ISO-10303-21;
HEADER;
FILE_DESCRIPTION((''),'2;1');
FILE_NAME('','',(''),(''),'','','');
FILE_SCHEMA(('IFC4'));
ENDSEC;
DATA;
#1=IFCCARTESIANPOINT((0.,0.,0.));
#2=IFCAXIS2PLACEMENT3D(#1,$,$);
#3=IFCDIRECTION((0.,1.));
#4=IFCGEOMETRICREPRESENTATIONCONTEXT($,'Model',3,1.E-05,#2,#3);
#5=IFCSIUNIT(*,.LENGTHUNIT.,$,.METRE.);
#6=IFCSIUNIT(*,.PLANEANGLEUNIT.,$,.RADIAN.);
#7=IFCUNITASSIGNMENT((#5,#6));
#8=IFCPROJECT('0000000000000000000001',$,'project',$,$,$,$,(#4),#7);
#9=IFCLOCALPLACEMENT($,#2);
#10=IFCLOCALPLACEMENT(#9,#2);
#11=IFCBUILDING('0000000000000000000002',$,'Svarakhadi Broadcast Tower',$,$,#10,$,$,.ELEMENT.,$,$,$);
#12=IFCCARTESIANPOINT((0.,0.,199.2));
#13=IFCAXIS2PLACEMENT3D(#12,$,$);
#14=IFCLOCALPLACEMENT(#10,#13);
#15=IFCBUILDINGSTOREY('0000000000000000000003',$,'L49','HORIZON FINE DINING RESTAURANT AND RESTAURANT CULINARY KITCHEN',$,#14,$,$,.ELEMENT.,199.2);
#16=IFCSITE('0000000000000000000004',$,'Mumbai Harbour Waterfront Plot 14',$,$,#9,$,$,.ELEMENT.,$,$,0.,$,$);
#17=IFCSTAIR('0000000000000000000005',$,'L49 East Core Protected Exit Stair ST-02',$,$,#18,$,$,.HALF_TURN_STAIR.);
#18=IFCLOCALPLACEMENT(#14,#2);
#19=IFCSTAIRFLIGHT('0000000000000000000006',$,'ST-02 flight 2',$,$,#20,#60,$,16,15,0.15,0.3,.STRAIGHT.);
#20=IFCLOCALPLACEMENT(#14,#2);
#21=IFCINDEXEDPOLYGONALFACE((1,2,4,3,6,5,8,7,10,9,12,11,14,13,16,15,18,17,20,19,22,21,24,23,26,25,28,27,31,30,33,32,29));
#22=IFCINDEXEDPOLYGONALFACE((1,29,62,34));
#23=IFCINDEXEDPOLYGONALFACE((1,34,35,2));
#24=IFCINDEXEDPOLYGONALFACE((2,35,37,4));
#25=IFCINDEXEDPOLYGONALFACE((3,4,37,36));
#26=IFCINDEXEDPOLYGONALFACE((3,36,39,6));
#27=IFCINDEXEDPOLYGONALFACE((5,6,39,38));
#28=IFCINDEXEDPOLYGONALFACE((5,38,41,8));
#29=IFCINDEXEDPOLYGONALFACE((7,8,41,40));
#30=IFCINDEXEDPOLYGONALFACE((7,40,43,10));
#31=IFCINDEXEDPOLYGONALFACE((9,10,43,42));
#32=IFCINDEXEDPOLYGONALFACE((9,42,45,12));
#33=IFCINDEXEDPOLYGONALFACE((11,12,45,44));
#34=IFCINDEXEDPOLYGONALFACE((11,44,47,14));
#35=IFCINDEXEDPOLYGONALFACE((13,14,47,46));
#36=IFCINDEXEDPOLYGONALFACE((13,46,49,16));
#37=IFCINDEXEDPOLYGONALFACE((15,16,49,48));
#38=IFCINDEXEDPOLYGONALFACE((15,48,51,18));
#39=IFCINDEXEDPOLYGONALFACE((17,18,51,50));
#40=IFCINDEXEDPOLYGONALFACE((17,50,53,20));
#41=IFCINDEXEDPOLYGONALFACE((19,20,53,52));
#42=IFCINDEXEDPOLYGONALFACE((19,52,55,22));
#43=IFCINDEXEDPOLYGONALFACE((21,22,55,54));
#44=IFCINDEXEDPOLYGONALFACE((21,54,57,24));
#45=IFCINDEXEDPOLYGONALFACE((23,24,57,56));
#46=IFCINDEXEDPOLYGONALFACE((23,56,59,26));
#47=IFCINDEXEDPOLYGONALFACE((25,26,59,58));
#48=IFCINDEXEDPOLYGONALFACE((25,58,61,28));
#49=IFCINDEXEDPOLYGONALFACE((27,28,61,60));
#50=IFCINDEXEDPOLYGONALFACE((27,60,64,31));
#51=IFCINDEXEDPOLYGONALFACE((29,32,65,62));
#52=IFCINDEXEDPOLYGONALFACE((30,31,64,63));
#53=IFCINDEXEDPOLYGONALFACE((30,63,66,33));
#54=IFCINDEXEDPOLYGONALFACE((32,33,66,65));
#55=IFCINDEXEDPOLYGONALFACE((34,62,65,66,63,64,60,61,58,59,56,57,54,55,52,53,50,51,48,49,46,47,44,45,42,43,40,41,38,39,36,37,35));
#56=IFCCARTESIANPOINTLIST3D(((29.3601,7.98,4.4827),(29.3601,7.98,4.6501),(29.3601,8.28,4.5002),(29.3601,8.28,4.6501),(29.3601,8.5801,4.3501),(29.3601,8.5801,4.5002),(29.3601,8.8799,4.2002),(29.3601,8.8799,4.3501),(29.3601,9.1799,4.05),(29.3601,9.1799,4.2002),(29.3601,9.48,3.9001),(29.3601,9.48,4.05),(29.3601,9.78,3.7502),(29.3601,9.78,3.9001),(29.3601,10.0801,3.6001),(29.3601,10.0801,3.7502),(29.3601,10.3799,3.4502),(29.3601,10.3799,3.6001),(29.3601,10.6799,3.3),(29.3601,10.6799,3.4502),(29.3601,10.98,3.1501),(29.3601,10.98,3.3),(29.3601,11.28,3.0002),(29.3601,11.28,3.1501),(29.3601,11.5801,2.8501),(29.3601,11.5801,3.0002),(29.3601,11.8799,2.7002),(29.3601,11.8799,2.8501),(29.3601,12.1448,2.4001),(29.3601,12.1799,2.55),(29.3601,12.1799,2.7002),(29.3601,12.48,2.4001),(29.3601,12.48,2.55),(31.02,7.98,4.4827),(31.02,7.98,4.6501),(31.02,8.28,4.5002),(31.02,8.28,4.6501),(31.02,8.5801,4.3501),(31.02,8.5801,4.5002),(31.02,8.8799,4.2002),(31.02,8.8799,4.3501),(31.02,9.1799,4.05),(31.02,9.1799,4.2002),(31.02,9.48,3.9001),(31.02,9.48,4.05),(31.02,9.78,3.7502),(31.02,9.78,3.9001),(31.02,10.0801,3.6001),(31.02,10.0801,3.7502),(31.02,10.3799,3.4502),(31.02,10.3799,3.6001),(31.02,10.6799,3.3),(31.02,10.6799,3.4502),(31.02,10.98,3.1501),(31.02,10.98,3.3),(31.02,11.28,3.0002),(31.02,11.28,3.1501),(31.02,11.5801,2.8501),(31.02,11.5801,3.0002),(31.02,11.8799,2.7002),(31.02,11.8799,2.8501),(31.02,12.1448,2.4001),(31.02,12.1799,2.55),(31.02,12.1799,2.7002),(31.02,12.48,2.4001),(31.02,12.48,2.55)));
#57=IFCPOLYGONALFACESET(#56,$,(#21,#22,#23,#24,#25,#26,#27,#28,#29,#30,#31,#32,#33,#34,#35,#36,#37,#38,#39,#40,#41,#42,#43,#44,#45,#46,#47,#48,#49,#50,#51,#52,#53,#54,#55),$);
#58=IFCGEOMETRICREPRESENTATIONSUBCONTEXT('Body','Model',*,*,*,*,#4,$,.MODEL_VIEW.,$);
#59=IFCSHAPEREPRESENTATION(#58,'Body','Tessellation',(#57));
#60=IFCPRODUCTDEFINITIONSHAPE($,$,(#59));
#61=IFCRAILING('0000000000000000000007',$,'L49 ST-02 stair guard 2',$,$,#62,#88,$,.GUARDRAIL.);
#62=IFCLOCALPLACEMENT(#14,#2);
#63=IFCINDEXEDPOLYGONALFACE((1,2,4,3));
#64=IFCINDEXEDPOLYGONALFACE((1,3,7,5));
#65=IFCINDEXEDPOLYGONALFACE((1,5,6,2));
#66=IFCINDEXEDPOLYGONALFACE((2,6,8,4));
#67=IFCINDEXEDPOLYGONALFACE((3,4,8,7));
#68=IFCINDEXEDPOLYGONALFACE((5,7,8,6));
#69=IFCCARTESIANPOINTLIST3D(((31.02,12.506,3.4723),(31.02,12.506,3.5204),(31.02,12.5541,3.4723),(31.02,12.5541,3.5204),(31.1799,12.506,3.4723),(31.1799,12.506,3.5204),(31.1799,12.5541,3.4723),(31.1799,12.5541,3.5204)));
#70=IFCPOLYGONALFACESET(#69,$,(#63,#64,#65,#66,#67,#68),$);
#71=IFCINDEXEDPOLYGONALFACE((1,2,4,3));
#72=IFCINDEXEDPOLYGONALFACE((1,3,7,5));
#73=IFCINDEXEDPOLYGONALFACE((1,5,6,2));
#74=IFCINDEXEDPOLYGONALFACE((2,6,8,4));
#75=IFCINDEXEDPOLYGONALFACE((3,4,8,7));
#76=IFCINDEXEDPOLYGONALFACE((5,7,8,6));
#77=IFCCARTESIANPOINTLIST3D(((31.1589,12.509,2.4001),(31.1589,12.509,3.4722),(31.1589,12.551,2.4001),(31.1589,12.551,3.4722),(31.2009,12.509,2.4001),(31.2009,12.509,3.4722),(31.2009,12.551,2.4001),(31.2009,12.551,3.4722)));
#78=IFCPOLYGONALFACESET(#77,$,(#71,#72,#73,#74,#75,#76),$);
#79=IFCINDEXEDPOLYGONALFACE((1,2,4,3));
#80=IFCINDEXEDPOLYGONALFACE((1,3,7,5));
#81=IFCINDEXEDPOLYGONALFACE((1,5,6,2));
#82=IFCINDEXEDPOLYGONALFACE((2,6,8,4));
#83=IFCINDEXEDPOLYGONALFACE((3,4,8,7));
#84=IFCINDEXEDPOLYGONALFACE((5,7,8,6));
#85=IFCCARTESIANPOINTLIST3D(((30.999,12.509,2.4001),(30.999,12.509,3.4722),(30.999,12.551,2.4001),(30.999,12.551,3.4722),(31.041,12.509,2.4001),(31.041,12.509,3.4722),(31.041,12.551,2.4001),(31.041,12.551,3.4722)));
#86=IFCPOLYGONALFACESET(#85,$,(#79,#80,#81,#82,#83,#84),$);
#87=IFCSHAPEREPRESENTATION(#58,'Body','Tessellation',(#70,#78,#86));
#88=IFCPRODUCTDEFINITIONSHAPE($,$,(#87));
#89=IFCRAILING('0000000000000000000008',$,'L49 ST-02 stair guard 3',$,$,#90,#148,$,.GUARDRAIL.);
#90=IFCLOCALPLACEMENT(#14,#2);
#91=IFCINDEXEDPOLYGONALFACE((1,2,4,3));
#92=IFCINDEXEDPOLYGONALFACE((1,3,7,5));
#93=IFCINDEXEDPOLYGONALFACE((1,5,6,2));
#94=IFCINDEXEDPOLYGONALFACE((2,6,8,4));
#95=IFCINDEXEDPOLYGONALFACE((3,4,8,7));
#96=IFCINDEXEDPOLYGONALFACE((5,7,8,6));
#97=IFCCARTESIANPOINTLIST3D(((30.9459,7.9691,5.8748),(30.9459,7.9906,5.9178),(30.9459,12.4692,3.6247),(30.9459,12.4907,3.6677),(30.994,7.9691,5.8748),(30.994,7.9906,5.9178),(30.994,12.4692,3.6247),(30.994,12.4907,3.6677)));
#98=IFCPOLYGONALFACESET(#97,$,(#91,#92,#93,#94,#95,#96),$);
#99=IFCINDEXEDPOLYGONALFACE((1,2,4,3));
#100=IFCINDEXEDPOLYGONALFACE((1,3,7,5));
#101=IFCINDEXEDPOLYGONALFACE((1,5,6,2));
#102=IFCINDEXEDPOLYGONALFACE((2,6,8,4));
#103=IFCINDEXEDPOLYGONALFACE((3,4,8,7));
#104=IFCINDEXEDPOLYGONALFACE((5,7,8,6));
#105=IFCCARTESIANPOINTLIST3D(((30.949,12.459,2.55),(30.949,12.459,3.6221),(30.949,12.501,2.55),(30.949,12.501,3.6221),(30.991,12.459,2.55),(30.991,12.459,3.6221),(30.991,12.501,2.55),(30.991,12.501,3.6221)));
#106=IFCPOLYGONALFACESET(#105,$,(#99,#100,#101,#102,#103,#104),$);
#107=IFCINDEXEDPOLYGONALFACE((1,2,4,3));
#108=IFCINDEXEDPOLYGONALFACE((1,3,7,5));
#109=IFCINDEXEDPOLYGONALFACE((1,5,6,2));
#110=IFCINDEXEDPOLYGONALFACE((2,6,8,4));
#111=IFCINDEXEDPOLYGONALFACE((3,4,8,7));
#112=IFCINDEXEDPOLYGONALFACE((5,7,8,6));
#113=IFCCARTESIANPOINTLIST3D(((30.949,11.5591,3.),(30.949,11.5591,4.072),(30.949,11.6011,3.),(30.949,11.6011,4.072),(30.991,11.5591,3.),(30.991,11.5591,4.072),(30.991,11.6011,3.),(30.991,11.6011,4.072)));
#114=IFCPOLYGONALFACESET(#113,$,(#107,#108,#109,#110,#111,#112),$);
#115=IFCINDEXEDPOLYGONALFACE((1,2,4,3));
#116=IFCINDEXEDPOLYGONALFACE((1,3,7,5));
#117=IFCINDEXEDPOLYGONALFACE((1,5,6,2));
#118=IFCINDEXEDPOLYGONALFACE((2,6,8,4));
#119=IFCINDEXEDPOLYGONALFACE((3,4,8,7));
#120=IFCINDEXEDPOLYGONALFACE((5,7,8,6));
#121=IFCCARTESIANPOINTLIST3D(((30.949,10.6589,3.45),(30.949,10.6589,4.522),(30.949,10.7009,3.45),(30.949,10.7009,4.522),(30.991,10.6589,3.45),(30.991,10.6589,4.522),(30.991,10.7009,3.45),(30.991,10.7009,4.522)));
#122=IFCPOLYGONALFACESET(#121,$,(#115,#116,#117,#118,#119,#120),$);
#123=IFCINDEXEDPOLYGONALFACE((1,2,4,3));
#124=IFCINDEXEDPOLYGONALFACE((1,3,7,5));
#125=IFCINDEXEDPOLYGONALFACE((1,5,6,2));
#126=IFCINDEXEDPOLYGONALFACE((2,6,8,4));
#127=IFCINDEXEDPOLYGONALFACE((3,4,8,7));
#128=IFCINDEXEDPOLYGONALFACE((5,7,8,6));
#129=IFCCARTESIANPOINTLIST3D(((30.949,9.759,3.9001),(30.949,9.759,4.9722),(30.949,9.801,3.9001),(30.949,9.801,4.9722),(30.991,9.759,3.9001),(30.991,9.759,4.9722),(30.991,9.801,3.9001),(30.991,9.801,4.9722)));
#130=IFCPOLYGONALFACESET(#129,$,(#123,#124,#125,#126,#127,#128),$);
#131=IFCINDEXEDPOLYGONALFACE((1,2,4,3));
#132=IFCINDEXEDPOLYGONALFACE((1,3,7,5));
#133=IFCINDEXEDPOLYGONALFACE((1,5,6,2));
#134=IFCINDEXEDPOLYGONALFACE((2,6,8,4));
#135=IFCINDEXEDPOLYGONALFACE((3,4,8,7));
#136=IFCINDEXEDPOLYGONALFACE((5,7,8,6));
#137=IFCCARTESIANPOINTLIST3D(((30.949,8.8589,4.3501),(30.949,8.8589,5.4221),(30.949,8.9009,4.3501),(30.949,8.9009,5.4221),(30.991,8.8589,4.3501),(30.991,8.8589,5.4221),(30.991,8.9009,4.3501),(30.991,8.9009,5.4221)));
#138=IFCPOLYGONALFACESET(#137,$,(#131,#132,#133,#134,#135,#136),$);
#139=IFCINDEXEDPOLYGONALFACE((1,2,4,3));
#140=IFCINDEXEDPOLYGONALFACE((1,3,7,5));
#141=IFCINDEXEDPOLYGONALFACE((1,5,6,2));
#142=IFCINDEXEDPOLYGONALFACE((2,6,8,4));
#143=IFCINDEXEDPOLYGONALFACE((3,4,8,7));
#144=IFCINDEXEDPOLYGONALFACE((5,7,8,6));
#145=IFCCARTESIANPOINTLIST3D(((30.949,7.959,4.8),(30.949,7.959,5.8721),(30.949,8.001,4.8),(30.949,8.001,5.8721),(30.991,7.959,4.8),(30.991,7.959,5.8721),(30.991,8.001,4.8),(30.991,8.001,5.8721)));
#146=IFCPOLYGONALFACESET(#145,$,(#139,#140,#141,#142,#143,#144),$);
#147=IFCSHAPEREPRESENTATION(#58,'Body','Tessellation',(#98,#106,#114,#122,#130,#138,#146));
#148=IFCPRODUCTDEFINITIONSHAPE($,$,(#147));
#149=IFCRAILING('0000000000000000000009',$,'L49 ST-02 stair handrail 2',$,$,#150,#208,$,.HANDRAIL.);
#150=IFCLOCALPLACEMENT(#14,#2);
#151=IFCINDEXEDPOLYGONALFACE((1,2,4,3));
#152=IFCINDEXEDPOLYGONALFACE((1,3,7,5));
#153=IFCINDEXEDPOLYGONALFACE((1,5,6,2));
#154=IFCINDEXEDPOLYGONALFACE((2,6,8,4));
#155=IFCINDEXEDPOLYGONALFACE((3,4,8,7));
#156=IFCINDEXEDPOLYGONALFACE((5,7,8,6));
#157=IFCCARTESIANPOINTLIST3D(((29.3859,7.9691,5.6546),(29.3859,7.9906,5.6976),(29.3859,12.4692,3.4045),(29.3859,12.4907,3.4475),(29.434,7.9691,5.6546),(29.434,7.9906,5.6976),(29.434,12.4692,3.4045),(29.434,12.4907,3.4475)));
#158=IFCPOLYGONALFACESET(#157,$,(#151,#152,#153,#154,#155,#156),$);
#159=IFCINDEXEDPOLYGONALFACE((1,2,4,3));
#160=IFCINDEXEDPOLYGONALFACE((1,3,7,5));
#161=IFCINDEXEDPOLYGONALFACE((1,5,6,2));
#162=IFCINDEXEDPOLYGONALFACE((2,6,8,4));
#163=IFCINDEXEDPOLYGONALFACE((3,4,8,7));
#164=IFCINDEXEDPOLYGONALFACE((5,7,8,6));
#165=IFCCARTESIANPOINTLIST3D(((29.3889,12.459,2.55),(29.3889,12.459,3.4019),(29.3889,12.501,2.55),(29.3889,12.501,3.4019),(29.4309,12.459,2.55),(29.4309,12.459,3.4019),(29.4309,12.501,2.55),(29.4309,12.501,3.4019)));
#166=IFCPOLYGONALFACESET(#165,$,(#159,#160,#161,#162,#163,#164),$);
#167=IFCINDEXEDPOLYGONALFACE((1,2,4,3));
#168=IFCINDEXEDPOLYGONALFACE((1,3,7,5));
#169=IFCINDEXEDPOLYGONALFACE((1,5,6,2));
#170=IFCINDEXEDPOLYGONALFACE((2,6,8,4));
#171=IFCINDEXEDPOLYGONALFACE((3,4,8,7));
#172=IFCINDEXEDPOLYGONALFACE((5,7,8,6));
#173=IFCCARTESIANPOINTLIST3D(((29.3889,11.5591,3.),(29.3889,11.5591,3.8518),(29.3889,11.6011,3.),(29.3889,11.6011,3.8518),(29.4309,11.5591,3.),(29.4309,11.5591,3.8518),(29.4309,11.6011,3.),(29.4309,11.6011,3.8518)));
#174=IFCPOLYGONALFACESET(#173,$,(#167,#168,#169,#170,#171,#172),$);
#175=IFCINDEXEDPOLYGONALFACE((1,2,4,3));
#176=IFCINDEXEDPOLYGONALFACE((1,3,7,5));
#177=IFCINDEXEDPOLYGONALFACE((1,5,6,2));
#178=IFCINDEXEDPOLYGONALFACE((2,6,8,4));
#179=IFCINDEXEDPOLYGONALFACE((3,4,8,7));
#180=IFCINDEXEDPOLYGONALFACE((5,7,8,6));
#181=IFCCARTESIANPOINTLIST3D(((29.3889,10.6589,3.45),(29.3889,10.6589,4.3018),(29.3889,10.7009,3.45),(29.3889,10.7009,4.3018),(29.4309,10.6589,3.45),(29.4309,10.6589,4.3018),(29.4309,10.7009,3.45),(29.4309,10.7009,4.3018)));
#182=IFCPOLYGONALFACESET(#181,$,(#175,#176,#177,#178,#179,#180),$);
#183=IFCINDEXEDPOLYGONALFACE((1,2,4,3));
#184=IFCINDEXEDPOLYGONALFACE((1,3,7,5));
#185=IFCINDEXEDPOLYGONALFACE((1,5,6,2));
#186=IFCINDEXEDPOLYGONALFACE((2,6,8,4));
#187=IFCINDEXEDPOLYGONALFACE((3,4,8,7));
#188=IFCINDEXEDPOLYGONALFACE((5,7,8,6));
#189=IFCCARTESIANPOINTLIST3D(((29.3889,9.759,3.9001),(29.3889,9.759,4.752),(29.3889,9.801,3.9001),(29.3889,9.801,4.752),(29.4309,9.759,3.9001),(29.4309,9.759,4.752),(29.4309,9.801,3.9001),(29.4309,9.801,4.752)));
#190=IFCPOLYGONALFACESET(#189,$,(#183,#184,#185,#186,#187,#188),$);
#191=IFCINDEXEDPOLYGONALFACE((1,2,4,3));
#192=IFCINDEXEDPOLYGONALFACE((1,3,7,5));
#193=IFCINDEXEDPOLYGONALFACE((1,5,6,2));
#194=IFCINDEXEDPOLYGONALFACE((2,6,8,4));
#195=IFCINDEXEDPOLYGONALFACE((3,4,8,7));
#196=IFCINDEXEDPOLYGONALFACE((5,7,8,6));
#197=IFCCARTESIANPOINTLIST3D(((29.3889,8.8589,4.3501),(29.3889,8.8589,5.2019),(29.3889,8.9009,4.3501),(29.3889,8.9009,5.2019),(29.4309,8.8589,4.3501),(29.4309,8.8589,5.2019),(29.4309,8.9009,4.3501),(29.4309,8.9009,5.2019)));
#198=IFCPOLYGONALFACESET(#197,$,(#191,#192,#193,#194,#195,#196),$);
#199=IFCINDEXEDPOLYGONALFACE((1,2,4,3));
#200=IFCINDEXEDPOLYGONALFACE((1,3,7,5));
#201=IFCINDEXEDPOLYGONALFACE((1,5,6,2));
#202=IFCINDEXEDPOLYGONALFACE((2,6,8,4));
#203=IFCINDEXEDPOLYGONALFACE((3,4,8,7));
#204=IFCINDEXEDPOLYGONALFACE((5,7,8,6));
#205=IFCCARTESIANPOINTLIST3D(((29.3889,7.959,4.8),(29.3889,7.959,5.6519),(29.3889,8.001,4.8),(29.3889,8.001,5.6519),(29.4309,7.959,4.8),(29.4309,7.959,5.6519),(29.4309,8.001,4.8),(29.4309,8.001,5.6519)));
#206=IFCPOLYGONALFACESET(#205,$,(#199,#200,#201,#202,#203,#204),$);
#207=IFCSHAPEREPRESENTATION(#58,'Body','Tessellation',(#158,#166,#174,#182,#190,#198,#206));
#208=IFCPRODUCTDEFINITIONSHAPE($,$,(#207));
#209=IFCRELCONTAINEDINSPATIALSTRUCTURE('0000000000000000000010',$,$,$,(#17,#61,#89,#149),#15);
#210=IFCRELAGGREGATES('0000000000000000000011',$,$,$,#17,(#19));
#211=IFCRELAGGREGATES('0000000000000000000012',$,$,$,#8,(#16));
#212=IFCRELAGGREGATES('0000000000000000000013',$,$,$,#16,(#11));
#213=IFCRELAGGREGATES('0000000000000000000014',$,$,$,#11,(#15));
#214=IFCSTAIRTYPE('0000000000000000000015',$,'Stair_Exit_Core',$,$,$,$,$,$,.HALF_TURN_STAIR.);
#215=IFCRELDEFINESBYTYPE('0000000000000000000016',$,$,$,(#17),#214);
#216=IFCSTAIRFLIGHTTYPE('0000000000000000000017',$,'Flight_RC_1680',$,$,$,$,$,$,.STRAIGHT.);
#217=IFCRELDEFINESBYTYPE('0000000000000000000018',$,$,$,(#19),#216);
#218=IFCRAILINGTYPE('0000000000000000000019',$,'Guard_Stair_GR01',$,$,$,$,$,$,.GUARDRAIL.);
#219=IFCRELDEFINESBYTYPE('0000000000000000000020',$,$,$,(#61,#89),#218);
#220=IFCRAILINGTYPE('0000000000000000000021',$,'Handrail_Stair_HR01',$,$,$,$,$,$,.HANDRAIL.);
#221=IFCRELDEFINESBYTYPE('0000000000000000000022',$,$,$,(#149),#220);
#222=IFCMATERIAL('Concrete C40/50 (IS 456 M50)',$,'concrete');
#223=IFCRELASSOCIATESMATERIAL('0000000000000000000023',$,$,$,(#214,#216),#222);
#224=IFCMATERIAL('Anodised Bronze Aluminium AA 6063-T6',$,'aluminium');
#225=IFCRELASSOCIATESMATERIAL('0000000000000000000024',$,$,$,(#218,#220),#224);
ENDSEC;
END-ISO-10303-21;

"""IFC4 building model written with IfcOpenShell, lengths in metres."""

from ifc_helpers import new_model, si_unit, direction, frame, origin, origin_2d, place, context, subcontext, project, spatial, polyline, rectangle, outline, extrude, material, type_object, element, aggregate, save


model = new_model("IFC4")

# Units and contexts
model_context = context("Model", 3, precision=1e-05, world=origin(), true_north=direction((0.0, 1.0)))
body_context = subcontext(model_context, "Body", "Model", "MODEL_VIEW")
ifc_project = project(units=[si_unit("LENGTHUNIT", "METRE"), si_unit("PLANEANGLEUNIT", "RADIAN")], contexts=[model_context])

# Site, building, storey
site_placement = place(None, origin())
site = spatial("IfcSite", under=ifc_project, at=site_placement, Name="Mumbai Harbour Waterfront Plot 14", CompositionType="ELEMENT", RefElevation=0.0)
building_placement = place(site_placement, origin())
building = spatial("IfcBuilding", under=site, at=building_placement, Name="Svarakhadi Broadcast Tower", CompositionType="ELEMENT")
storey_placement = place(building_placement, frame((0.0, 0.0, 199.2)))
storey = spatial("IfcBuildingStorey", under=building, at=storey_placement, Name="L49", Description="HORIZON FINE DINING RESTAURANT AND RESTAURANT CULINARY KITCHEN", CompositionType="ELEMENT", Elevation=199.2)

# Shared definitions
ifc_material_1 = material(Name="Anodised Bronze Aluminium AA 6063-T6", Category="aluminium")

# Shared definitions
ifc_material_2 = material(Name="Concrete C40/50 (IS 456 M50)", Category="concrete")

# Stair, stair flight
stair_type = type_object("IfcStairType", Name="Stair_Exit_Core", PredefinedType="HALF_TURN_STAIR", material=ifc_material_2)
stair_placement = place(storey_placement, origin())
stair = element("IfcStair", 1, at=stair_placement, inside=storey, type_object=stair_type, Name="L49 East Core Protected Exit Stair ST-02", PredefinedType="HALF_TURN_STAIR")
stair_flight_type = type_object("IfcStairFlightType", Name="Flight_RC_1680", PredefinedType="STRAIGHT", material=ifc_material_2)
stair_flight_placement = place(storey_placement, frame((30.1899, 12.48, 2.4001), z_axis=(0.0, 0.0, 1.0), x_axis=(0.0, -1.0, 0.0)))
stair_flight = element("IfcStairFlight", 2, at=stair_flight_placement, type_object=stair_flight_type, Name="ST-02 flight 2", NumberOfRisers=16, NumberOfTreads=15, PredefinedType="STRAIGHT", RiserHeight=0.15, TreadLength=0.3, context=body_context, shape_type="SweptSolid", body=[
    extrude(outline(polyline([(0.0, 0.0), (0.0, 0.1499), (0.3, 0.1499), (0.3, 0.3), (0.6001, 0.3), (0.6001, 0.45), (0.8999, 0.45), (0.8999, 0.6001), (1.2, 0.6001), (1.2, 0.75), (1.5, 0.75), (1.5, 0.8999), (1.8, 0.8999), (1.8, 1.05), (2.1001, 1.05), (2.1001, 1.2), (2.3999, 1.2), (2.3999, 1.3501), (2.7, 1.3501), (2.7, 1.5), (3.0, 1.5), (3.0, 1.6499), (3.3, 1.6499), (3.3, 1.8), (3.6001, 1.8), (3.6001, 1.95), (3.8999, 1.95), (3.8999, 2.1001), (4.2, 2.1001), (4.2, 2.25), (4.5, 2.25), (4.5, 2.3999), (4.5, 2.0825), (0.3352, 0.0), (0.0, 0.0)])), frame((0.0, 0.8301, 0.0), z_axis=(0.0, -1.0, 0.0), x_axis=(1.0, 0.0, 0.0)), (0.0, 0.0, 1.0), 1.6599),
])
aggregate(stair, [stair_flight])

# Railings
railing_type_1 = type_object("IfcRailingType", Name="Guard_Stair_GR01", PredefinedType="GUARDRAIL", material=ifc_material_1)
railing_1_placement = place(storey_placement, frame((31.1799, 12.53, 2.4001)))
element("IfcRailing", 3, at=railing_1_placement, inside=storey, type_object=railing_type_1, Name="L49 ST-02 stair guard 2", PredefinedType="GUARDRAIL", context=body_context, shape_type="SweptSolid", body=[
    extrude(rectangle(XDim=0.0481, YDim=0.0481, at=origin_2d()), frame((0.0, 0.0, 1.0962), z_axis=(-1.0, 0.0, 0.0), x_axis=(0.0, -1.0, 0.0)), (0.0, 0.0, 1.0), 0.1599),
    extrude(rectangle(XDim=0.042, YDim=0.042, at=origin_2d()), origin(), (0.0, 0.0, 1.0), 1.072),
    extrude(rectangle(XDim=0.042, YDim=0.042, at=origin_2d()), frame((-0.1599, 0.0, 0.0)), (0.0, 0.0, 1.0), 1.072),
])
railing_2_placement = place(storey_placement, frame((30.97, 12.48, 2.55)))
element("IfcRailing", 4, at=railing_2_placement, inside=storey, type_object=railing_type_1, Name="L49 ST-02 stair guard 3", PredefinedType="GUARDRAIL", context=body_context, shape_type="SweptSolid", body=[
    extrude(rectangle(XDim=0.0481, YDim=0.0481, at=origin_2d()), frame((0.0, 0.0, 1.0962), z_axis=(0.0, -0.894427, 0.447214), x_axis=(1.0, 0.0, 0.0)), (0.0, 0.0, 1.0), 5.0312),
    extrude(rectangle(XDim=0.042, YDim=0.042, at=origin_2d()), origin(), (0.0, 0.0, 1.0), 1.072),
    extrude(rectangle(XDim=0.042, YDim=0.042, at=origin_2d()), frame((0.0, -0.8999, 0.45)), (0.0, 0.0, 1.0), 1.072),
    extrude(rectangle(XDim=0.042, YDim=0.042, at=origin_2d()), frame((0.0, -1.8, 0.8999)), (0.0, 0.0, 1.0), 1.072),
    extrude(rectangle(XDim=0.042, YDim=0.042, at=origin_2d()), frame((0.0, -2.7, 1.3501)), (0.0, 0.0, 1.0), 1.072),
    extrude(rectangle(XDim=0.042, YDim=0.042, at=origin_2d()), frame((0.0, -3.6001, 1.8)), (0.0, 0.0, 1.0), 1.072),
    extrude(rectangle(XDim=0.042, YDim=0.042, at=origin_2d()), frame((0.0, -4.5, 2.25)), (0.0, 0.0, 1.0), 1.072),
])
railing_type_2 = type_object("IfcRailingType", Name="Handrail_Stair_HR01", PredefinedType="HANDRAIL", material=ifc_material_1)
railing_3_placement = place(storey_placement, frame((29.4099, 12.48, 2.55)))
element("IfcRailing", 5, at=railing_3_placement, inside=storey, type_object=railing_type_2, Name="L49 ST-02 stair handrail 2", PredefinedType="HANDRAIL", context=body_context, shape_type="SweptSolid", body=[
    extrude(rectangle(XDim=0.0481, YDim=0.0481, at=origin_2d()), frame((0.0, 0.0, 0.876), z_axis=(0.0, -0.894427, 0.447214), x_axis=(1.0, 0.0, 0.0)), (0.0, 0.0, 1.0), 5.0312),
    extrude(rectangle(XDim=0.042, YDim=0.042, at=origin_2d()), origin(), (0.0, 0.0, 1.0), 0.8518),
    extrude(rectangle(XDim=0.042, YDim=0.042, at=origin_2d()), frame((0.0, -0.8999, 0.45)), (0.0, 0.0, 1.0), 0.8518),
    extrude(rectangle(XDim=0.042, YDim=0.042, at=origin_2d()), frame((0.0, -1.8, 0.8999)), (0.0, 0.0, 1.0), 0.8518),
    extrude(rectangle(XDim=0.042, YDim=0.042, at=origin_2d()), frame((0.0, -2.7, 1.3501)), (0.0, 0.0, 1.0), 0.8518),
    extrude(rectangle(XDim=0.042, YDim=0.042, at=origin_2d()), frame((0.0, -3.6001, 1.8)), (0.0, 0.0, 1.0), 0.8518),
    extrude(rectangle(XDim=0.042, YDim=0.042, at=origin_2d()), frame((0.0, -4.5, 2.25)), (0.0, 0.0, 1.0), 0.8518),
])

save(model, "model.ifc")
